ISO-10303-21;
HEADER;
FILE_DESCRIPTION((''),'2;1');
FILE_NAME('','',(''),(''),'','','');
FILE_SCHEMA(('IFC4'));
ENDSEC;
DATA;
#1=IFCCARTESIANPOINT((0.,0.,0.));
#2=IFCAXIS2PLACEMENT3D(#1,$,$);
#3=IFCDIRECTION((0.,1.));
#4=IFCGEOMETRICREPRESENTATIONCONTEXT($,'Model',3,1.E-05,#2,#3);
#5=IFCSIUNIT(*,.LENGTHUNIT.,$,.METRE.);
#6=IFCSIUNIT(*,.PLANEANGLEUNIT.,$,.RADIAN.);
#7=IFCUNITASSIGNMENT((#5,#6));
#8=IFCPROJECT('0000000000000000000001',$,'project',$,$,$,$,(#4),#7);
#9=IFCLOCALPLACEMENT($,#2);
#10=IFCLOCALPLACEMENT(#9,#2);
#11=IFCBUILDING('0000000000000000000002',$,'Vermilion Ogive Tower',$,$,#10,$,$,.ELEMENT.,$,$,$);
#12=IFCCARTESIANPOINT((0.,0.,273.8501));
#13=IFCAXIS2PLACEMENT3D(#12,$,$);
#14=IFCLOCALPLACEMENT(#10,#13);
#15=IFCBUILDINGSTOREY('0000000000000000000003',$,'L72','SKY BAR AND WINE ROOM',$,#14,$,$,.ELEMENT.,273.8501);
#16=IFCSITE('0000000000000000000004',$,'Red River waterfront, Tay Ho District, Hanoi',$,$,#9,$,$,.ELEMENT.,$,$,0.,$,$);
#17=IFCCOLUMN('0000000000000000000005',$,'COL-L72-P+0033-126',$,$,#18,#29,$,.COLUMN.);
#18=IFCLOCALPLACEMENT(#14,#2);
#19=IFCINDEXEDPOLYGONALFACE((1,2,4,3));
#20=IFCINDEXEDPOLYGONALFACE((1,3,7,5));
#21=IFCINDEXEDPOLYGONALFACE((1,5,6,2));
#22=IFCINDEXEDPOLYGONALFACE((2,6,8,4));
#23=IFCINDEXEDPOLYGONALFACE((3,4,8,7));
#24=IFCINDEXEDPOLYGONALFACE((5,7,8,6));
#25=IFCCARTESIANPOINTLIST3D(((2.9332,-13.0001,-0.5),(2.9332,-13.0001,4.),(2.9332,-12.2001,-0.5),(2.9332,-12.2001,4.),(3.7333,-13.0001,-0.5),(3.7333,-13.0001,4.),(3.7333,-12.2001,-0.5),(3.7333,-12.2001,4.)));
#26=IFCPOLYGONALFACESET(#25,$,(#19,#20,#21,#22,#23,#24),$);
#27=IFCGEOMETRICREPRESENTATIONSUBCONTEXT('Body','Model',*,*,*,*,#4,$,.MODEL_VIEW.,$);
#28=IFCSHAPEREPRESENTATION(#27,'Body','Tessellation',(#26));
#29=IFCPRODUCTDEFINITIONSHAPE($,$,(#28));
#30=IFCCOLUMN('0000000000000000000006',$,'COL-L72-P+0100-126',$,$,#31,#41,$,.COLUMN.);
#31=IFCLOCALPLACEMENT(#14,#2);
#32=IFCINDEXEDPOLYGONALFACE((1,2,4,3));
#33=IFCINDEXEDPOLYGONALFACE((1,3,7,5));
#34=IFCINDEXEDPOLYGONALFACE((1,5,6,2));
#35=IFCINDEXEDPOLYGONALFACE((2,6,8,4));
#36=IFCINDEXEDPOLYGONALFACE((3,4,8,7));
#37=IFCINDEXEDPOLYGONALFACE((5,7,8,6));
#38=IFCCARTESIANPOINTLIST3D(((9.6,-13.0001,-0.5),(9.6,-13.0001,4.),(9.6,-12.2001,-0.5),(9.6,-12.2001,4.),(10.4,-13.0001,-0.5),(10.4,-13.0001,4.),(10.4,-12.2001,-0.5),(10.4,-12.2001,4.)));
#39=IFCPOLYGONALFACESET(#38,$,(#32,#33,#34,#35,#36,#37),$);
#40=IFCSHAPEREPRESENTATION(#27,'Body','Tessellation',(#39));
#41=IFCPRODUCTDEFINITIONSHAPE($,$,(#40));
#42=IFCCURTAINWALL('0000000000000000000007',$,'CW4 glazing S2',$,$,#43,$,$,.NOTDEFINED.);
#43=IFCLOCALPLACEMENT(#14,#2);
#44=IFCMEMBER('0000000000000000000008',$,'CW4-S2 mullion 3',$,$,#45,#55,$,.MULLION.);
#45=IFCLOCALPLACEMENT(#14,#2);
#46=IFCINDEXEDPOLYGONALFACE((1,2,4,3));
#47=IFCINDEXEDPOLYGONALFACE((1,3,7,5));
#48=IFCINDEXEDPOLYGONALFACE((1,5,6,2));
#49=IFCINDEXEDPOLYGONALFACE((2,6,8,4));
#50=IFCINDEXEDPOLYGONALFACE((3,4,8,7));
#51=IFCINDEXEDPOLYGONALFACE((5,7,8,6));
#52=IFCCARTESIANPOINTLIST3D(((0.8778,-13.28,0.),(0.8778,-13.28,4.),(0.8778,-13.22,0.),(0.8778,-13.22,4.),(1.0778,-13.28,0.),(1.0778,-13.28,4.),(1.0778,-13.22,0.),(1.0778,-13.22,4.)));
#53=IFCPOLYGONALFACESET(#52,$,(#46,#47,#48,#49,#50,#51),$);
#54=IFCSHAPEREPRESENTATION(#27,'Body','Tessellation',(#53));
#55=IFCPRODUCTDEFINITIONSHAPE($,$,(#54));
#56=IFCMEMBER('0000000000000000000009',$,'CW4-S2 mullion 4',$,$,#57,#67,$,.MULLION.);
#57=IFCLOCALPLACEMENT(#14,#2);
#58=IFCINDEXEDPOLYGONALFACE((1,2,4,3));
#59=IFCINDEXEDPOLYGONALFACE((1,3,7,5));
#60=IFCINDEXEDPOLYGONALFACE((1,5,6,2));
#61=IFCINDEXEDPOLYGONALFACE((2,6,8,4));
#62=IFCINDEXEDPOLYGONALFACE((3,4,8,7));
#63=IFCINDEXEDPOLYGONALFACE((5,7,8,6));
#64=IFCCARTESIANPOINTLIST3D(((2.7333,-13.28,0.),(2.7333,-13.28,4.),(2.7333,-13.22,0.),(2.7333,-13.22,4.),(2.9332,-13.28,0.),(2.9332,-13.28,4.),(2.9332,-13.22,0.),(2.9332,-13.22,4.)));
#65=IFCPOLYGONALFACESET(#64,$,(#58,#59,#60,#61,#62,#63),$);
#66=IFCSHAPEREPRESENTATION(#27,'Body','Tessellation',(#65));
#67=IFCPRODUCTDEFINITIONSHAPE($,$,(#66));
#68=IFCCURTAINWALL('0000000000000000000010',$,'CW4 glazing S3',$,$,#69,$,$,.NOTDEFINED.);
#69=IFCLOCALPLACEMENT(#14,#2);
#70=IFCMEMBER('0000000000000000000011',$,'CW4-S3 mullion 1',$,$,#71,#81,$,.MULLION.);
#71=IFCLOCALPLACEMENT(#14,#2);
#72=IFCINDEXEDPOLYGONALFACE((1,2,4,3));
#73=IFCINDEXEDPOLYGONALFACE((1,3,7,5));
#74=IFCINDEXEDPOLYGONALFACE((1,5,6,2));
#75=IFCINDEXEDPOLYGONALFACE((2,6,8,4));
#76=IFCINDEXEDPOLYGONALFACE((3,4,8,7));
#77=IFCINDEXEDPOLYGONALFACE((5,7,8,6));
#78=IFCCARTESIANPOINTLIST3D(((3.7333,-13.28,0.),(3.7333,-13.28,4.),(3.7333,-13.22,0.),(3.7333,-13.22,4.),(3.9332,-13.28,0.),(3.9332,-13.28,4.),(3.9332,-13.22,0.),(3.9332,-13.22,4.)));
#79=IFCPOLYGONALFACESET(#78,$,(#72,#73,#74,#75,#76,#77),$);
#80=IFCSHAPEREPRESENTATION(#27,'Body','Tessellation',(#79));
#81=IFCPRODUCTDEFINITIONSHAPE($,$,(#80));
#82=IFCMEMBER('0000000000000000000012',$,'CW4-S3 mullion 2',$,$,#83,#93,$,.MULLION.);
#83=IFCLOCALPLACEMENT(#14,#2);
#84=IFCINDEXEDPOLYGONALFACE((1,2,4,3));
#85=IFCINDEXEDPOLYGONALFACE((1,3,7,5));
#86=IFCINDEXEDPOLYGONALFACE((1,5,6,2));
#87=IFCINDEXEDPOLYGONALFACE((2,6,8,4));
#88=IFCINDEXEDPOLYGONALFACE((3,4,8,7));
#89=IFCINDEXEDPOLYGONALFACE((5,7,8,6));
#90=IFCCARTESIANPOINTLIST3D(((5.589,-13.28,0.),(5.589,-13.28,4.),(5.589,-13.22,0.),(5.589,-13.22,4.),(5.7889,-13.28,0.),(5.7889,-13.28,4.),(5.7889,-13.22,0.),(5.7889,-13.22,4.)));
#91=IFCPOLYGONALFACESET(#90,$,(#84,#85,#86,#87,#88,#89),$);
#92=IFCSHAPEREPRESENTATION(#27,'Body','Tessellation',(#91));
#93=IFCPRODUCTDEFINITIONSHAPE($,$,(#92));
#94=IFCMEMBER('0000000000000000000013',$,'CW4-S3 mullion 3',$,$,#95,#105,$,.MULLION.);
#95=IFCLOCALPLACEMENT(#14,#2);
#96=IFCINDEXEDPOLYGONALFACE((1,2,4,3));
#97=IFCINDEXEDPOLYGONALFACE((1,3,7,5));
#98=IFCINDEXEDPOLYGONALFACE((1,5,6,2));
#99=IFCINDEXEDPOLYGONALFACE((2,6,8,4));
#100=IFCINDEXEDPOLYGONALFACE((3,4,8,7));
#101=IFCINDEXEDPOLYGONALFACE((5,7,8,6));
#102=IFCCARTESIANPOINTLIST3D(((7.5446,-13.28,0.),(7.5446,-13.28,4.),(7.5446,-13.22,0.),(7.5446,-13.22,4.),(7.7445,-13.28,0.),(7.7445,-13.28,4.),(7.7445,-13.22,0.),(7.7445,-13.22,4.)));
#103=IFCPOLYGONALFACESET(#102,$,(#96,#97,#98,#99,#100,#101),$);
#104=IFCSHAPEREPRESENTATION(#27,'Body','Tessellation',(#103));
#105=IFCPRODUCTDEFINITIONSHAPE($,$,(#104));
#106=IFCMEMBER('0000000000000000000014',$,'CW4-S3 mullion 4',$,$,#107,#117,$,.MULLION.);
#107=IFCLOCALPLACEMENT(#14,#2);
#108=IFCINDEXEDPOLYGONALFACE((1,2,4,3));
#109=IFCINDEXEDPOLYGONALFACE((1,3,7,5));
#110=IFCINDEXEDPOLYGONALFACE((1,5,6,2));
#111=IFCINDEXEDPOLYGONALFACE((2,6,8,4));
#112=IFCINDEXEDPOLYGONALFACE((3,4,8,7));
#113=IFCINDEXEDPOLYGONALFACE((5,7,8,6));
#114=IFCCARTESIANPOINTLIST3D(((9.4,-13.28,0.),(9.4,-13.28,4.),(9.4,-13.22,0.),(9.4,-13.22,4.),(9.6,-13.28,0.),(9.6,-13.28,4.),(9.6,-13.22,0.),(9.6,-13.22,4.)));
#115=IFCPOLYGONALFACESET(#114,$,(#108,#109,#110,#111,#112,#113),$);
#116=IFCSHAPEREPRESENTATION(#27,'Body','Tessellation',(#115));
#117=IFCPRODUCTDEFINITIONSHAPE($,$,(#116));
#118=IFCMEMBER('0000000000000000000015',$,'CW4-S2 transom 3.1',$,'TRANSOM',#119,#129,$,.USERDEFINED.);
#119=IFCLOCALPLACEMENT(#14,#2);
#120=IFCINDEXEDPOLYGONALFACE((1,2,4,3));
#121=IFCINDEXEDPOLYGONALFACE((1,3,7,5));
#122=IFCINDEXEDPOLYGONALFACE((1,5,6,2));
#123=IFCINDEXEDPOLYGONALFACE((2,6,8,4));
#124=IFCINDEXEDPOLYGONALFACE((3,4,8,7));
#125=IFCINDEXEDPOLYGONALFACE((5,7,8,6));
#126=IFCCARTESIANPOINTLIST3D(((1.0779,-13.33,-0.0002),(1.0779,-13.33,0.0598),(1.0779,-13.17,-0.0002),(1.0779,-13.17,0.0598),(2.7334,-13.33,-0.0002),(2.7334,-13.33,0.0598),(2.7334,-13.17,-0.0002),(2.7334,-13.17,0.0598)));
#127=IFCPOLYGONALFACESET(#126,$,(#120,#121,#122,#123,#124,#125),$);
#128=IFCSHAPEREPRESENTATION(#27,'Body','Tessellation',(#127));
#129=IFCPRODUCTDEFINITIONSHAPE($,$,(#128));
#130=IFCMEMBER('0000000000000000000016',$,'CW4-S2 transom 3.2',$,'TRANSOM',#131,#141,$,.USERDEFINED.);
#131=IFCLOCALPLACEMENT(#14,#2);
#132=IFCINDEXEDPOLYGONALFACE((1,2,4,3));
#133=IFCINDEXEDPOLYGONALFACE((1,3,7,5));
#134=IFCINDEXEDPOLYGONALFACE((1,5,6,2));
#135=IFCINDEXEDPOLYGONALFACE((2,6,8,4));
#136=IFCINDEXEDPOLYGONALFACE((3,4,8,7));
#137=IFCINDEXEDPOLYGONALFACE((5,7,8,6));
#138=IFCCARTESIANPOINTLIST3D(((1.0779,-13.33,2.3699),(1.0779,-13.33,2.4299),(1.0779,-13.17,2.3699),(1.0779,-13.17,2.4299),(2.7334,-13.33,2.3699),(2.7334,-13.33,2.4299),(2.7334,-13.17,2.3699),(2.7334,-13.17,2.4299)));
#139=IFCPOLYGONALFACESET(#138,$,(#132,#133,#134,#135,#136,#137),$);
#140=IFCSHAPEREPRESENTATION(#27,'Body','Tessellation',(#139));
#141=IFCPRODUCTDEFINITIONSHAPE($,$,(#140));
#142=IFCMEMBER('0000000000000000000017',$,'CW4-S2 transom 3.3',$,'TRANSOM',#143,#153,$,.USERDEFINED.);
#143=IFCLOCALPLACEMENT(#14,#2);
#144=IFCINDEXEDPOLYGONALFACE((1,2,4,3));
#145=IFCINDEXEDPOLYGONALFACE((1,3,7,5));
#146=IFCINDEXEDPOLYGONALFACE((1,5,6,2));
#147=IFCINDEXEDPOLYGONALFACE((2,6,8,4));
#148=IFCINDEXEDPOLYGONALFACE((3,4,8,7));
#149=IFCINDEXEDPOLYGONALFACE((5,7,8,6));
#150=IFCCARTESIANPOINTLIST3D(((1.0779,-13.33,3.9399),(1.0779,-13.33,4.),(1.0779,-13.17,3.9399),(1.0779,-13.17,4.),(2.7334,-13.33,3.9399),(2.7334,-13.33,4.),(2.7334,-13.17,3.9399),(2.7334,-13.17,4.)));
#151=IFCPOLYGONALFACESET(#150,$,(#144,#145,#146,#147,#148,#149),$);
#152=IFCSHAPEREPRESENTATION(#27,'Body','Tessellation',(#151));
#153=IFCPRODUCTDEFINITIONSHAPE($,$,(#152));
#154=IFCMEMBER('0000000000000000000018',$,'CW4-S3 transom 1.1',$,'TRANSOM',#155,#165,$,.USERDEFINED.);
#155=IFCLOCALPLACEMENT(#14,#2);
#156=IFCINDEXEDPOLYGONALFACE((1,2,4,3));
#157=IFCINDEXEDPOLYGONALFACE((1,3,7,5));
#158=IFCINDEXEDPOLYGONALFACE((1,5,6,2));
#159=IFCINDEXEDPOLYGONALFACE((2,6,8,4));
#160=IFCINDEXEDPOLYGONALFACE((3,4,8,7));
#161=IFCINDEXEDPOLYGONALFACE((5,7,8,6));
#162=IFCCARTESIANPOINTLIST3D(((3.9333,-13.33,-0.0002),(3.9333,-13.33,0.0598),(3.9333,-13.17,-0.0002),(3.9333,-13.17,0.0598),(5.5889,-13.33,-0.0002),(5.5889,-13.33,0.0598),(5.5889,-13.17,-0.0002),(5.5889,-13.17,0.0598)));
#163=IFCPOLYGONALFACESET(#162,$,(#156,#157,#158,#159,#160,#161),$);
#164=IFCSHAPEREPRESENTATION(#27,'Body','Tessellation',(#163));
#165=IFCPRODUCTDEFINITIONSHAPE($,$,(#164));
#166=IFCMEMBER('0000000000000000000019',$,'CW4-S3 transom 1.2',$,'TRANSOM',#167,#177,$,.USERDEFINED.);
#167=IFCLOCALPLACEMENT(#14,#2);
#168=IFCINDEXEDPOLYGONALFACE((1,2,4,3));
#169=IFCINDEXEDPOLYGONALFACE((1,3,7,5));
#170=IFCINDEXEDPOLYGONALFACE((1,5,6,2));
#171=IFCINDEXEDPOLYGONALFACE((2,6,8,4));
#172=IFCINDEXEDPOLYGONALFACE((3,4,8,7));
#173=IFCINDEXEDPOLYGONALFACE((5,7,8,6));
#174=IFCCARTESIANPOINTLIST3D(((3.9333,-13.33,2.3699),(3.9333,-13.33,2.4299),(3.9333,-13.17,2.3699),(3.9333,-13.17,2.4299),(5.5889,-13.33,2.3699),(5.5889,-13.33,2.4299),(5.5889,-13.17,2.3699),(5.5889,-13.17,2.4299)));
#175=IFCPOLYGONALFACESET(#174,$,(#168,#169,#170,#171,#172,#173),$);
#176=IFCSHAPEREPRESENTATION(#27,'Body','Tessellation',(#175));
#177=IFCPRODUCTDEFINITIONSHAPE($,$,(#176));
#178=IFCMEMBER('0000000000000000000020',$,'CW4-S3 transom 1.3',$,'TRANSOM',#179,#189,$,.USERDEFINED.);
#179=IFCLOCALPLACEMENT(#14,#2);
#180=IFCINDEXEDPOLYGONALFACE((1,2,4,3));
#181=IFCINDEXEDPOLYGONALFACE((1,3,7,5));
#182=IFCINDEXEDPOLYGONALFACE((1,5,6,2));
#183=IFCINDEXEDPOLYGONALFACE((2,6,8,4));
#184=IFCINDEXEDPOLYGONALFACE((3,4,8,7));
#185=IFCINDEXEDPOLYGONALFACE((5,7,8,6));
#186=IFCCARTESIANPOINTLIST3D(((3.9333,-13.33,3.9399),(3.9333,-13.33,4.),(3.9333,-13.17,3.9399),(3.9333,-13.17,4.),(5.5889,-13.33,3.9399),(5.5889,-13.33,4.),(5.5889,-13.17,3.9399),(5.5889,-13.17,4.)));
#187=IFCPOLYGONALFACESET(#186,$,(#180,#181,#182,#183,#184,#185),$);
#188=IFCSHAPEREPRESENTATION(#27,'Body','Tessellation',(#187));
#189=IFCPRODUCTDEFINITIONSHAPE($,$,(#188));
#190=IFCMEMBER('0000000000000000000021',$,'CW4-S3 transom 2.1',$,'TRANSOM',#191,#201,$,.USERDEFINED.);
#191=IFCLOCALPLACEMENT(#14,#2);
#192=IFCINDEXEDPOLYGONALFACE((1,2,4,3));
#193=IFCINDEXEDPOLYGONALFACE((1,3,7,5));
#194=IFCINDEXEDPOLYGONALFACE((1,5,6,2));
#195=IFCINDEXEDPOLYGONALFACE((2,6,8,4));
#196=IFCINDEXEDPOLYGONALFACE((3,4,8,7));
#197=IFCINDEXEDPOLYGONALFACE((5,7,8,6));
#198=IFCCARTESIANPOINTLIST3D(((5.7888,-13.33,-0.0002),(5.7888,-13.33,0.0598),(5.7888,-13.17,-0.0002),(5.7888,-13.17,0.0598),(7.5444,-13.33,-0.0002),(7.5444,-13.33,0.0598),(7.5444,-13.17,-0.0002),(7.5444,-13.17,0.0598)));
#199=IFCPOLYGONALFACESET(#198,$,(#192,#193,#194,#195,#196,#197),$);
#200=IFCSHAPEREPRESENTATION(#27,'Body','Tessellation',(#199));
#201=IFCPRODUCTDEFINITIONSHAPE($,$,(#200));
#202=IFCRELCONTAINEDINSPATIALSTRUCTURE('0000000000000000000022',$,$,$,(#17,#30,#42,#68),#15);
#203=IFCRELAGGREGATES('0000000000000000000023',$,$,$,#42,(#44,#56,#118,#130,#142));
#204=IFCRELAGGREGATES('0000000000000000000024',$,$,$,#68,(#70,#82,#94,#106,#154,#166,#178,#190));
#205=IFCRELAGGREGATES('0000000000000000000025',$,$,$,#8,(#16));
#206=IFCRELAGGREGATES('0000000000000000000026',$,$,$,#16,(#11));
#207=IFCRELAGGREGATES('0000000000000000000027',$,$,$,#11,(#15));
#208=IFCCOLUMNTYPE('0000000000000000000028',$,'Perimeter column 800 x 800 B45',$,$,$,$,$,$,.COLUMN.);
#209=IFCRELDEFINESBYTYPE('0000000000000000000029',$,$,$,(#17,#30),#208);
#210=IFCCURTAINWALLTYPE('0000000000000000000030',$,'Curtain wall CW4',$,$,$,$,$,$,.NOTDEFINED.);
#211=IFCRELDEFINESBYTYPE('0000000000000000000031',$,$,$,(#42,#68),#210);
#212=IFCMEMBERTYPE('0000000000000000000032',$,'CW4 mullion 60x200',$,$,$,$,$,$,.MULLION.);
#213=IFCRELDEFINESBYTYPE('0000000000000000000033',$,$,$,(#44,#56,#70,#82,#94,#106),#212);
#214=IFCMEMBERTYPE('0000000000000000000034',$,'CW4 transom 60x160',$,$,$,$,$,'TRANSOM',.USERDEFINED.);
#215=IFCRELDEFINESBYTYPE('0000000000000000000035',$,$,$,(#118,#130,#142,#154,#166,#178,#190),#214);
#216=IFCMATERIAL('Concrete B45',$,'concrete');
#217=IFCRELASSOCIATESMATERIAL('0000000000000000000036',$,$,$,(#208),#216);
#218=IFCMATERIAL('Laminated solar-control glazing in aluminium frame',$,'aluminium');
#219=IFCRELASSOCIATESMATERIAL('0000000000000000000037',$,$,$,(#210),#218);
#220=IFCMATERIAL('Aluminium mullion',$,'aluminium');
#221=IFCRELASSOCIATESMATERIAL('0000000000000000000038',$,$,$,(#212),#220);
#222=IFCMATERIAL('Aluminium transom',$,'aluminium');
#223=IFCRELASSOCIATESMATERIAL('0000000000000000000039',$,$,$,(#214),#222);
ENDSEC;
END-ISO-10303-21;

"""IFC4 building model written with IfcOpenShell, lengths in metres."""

from ifc_helpers import new_model, si_unit, direction, frame, origin, origin_2d, place, context, subcontext, project, spatial, rectangle, extrude, material, material_profile, profile_set, type_object, element, aggregate, save


model = new_model("IFC4")

# Units and contexts
model_context = context("Model", 3, precision=1e-05, world=origin(), true_north=direction((0.0, 1.0)))
body_context = subcontext(model_context, "Body", "Model", "MODEL_VIEW")
ifc_project = project(units=[si_unit("LENGTHUNIT", "METRE"), si_unit("PLANEANGLEUNIT", "RADIAN")], contexts=[model_context])

# Site, building, storey
site_placement = place(None, origin())
site = spatial("IfcSite", under=ifc_project, at=site_placement, Name="Red River waterfront, Tay Ho District, Hanoi", CompositionType="ELEMENT", RefElevation=0.0)
building_placement = place(site_placement, origin())
building = spatial("IfcBuilding", under=site, at=building_placement, Name="Vermilion Ogive Tower", CompositionType="ELEMENT")
storey_placement = place(building_placement, frame((0.0, 0.0, 273.8501)))
storey = spatial("IfcBuildingStorey", under=building, at=storey_placement, Name="L72", Description="SKY BAR AND WINE ROOM", CompositionType="ELEMENT", Elevation=273.8501)

# Columns
ifc_material_1 = material(Name="Concrete B45", Category="concrete")
ifc_material_profile_1 = material_profile(ifc_material_1, rectangle(XDim=0.8, YDim=0.8, at=origin_2d()), Name="800 x 800")
ifc_profile_set_1 = profile_set([ifc_material_profile_1], Name="Concrete B45")
column_type = type_object("IfcColumnType", Name="Perimeter column 800 x 800 B45", PredefinedType="COLUMN", material=ifc_profile_set_1)
for number, where, z_axis, x_axis, name in (
    (1, (3.3333, -12.6001, -0.5), (0.0, 0.0, 1.0), (1.0, 0.0, 0.0), "COL-L72-P+0033-126"),
    (2, (10.0, -12.6001, -0.5), (0.0, 0.0, 1.0), (1.0, 0.0, 0.0), "COL-L72-P+0100-126"),
):
    element("IfcColumn", number, at=place(storey_placement, frame(where, z_axis=z_axis, x_axis=x_axis)), inside=storey, type_object=column_type, Name=name, PredefinedType="COLUMN", context=body_context, shape_type="SweptSolid", body=[
        extrude(rectangle(XDim=0.8, YDim=0.8, at=origin_2d()), origin(), (0.0, 0.0, 1.0), 4.5),
    ])

# Curtain walls, members
ifc_material_2 = material(Name="Laminated solar-control glazing in aluminium frame", Category="aluminium")
curtain_wall_type = type_object("IfcCurtainWallType", Name="Curtain wall CW4", PredefinedType="NOTDEFINED", material=ifc_material_2)
curtain_wall_1_placement = place(storey_placement, origin())
curtain_wall_1 = element("IfcCurtainWall", 3, at=curtain_wall_1_placement, inside=storey, type_object=curtain_wall_type, Name="CW4 glazing S2", PredefinedType="NOTDEFINED")
ifc_material_3 = material(Name="Aluminium mullion", Category="aluminium")
ifc_material_profile_2 = material_profile(ifc_material_3, rectangle(XDim=0.0601, YDim=0.2, at=origin_2d()), Name="AL 60x200")
ifc_profile_set_2 = profile_set([ifc_material_profile_2], Name="Aluminium mullion")
member_type_1 = type_object("IfcMemberType", Name="CW4 mullion 60x200", PredefinedType="MULLION", material=ifc_profile_set_2)
member_1_placement = place(storey_placement, frame((0.9778, -13.25, 0.0), z_axis=(0.0, 0.0, 1.0), x_axis=(0.0, 1.0, 0.0)))
member_1 = element("IfcMember", 4, at=member_1_placement, type_object=member_type_1, Name="CW4-S2 mullion 3", PredefinedType="MULLION", context=body_context, shape_type="SweptSolid", body=[
    extrude(rectangle(XDim=0.0601, YDim=0.2, at=origin_2d()), origin(), (0.0, 0.0, 1.0), 4.0),
])
member_2_placement = place(storey_placement, frame((2.8333, -13.25, 0.0), z_axis=(0.0, 0.0, 1.0), x_axis=(0.0, 1.0, 0.0)))
member_2 = element("IfcMember", 5, at=member_2_placement, type_object=member_type_1, Name="CW4-S2 mullion 4", PredefinedType="MULLION", context=body_context, shape_type="SweptSolid", body=[
    extrude(rectangle(XDim=0.0601, YDim=0.2, at=origin_2d()), origin(), (0.0, 0.0, 1.0), 4.0),
])
curtain_wall_2_placement = place(storey_placement, origin())
curtain_wall_2 = element("IfcCurtainWall", 6, at=curtain_wall_2_placement, inside=storey, type_object=curtain_wall_type, Name="CW4 glazing S3", PredefinedType="NOTDEFINED")
member_3_placement = place(storey_placement, frame((3.8333, -13.25, 0.0), z_axis=(0.0, 0.0, 1.0), x_axis=(0.0, 1.0, 0.0)))
member_3 = element("IfcMember", 7, at=member_3_placement, type_object=member_type_1, Name="CW4-S3 mullion 1", PredefinedType="MULLION", context=body_context, shape_type="SweptSolid", body=[
    extrude(rectangle(XDim=0.0601, YDim=0.2, at=origin_2d()), origin(), (0.0, 0.0, 1.0), 4.0),
])
member_4_placement = place(storey_placement, frame((5.689, -13.25, 0.0), z_axis=(0.0, 0.0, 1.0), x_axis=(0.0, 1.0, 0.0)))
member_4 = element("IfcMember", 8, at=member_4_placement, type_object=member_type_1, Name="CW4-S3 mullion 2", PredefinedType="MULLION", context=body_context, shape_type="SweptSolid", body=[
    extrude(rectangle(XDim=0.0601, YDim=0.2, at=origin_2d()), origin(), (0.0, 0.0, 1.0), 4.0),
])
member_5_placement = place(storey_placement, frame((7.6445, -13.25, 0.0), z_axis=(0.0, 0.0, 1.0), x_axis=(0.0, 1.0, 0.0)))
member_5 = element("IfcMember", 9, at=member_5_placement, type_object=member_type_1, Name="CW4-S3 mullion 3", PredefinedType="MULLION", context=body_context, shape_type="SweptSolid", body=[
    extrude(rectangle(XDim=0.0601, YDim=0.2, at=origin_2d()), origin(), (0.0, 0.0, 1.0), 4.0),
])
member_6_placement = place(storey_placement, frame((9.5, -13.25, 0.0), z_axis=(0.0, 0.0, 1.0), x_axis=(0.0, 1.0, 0.0)))
member_6 = element("IfcMember", 10, at=member_6_placement, type_object=member_type_1, Name="CW4-S3 mullion 4", PredefinedType="MULLION", context=body_context, shape_type="SweptSolid", body=[
    extrude(rectangle(XDim=0.0601, YDim=0.2, at=origin_2d()), origin(), (0.0, 0.0, 1.0), 4.0),
])

# Members
ifc_material_4 = material(Name="Aluminium transom", Category="aluminium")
ifc_material_profile_3 = material_profile(ifc_material_4, rectangle(XDim=0.1599, YDim=0.0601, at=origin_2d()), Name="AL 60x160")
ifc_profile_set_3 = profile_set([ifc_material_profile_3], Name="Aluminium transom")
member_type_2 = type_object("IfcMemberType", Name="CW4 transom 60x160", ElementType="TRANSOM", PredefinedType="USERDEFINED", material=ifc_profile_set_3)
member_7_placement = place(storey_placement, frame((1.0779, -13.25, 0.0298), z_axis=(1.0, 0.0, 0.0), x_axis=(0.0, 1.0, 0.0)))
member_7 = element("IfcMember", 11, at=member_7_placement, type_object=member_type_2, Name="CW4-S2 transom 3.1", ObjectType="TRANSOM", PredefinedType="USERDEFINED", context=body_context, shape_type="SweptSolid", body=[
    extrude(rectangle(XDim=0.1599, YDim=0.0601, at=origin_2d()), origin(), (0.0, 0.0, 1.0), 1.6555),
])
member_8_placement = place(storey_placement, frame((1.0779, -13.25, 2.3999), z_axis=(1.0, 0.0, 0.0), x_axis=(0.0, 1.0, 0.0)))
member_8 = element("IfcMember", 12, at=member_8_placement, type_object=member_type_2, Name="CW4-S2 transom 3.2", ObjectType="TRANSOM", PredefinedType="USERDEFINED", context=body_context, shape_type="SweptSolid", body=[
    extrude(rectangle(XDim=0.1599, YDim=0.0601, at=origin_2d()), origin(), (0.0, 0.0, 1.0), 1.6555),
])
member_9_placement = place(storey_placement, frame((1.0779, -13.25, 3.97), z_axis=(1.0, 0.0, 0.0), x_axis=(0.0, 1.0, 0.0)))
member_9 = element("IfcMember", 13, at=member_9_placement, type_object=member_type_2, Name="CW4-S2 transom 3.3", ObjectType="TRANSOM", PredefinedType="USERDEFINED", context=body_context, shape_type="SweptSolid", body=[
    extrude(rectangle(XDim=0.1599, YDim=0.0601, at=origin_2d()), origin(), (0.0, 0.0, 1.0), 1.6555),
])
member_10_placement = place(storey_placement, frame((3.9333, -13.25, 0.0298), z_axis=(1.0, 0.0, 0.0), x_axis=(0.0, 1.0, 0.0)))
member_10 = element("IfcMember", 14, at=member_10_placement, type_object=member_type_2, Name="CW4-S3 transom 1.1", ObjectType="TRANSOM", PredefinedType="USERDEFINED", context=body_context, shape_type="SweptSolid", body=[
    extrude(rectangle(XDim=0.1599, YDim=0.0601, at=origin_2d()), origin(), (0.0, 0.0, 1.0), 1.6555),
])
member_11_placement = place(storey_placement, frame((3.9333, -13.25, 2.3999), z_axis=(1.0, 0.0, 0.0), x_axis=(0.0, 1.0, 0.0)))
member_11 = element("IfcMember", 15, at=member_11_placement, type_object=member_type_2, Name="CW4-S3 transom 1.2", ObjectType="TRANSOM", PredefinedType="USERDEFINED", context=body_context, shape_type="SweptSolid", body=[
    extrude(rectangle(XDim=0.1599, YDim=0.0601, at=origin_2d()), origin(), (0.0, 0.0, 1.0), 1.6555),
])
member_12_placement = place(storey_placement, frame((3.9333, -13.25, 3.97), z_axis=(1.0, 0.0, 0.0), x_axis=(0.0, 1.0, 0.0)))
member_12 = element("IfcMember", 16, at=member_12_placement, type_object=member_type_2, Name="CW4-S3 transom 1.3", ObjectType="TRANSOM", PredefinedType="USERDEFINED", context=body_context, shape_type="SweptSolid", body=[
    extrude(rectangle(XDim=0.1599, YDim=0.0601, at=origin_2d()), origin(), (0.0, 0.0, 1.0), 1.6555),
])
member_13_placement = place(storey_placement, frame((5.7888, -13.25, 0.0298), z_axis=(1.0, 0.0, 0.0), x_axis=(0.0, 1.0, 0.0)))
member_13 = element("IfcMember", 17, at=member_13_placement, type_object=member_type_2, Name="CW4-S3 transom 2.1", ObjectType="TRANSOM", PredefinedType="USERDEFINED", context=body_context, shape_type="SweptSolid", body=[
    extrude(rectangle(XDim=0.1599, YDim=0.0601, at=origin_2d()), origin(), (0.0, 0.0, 1.0), 1.7556),
])

aggregate(curtain_wall_1, [member_1, member_2, member_7, member_8, member_9])
aggregate(curtain_wall_2, [member_3, member_4, member_5, member_6, member_10, member_11, member_12, member_13])

save(model, "model.ifc")
